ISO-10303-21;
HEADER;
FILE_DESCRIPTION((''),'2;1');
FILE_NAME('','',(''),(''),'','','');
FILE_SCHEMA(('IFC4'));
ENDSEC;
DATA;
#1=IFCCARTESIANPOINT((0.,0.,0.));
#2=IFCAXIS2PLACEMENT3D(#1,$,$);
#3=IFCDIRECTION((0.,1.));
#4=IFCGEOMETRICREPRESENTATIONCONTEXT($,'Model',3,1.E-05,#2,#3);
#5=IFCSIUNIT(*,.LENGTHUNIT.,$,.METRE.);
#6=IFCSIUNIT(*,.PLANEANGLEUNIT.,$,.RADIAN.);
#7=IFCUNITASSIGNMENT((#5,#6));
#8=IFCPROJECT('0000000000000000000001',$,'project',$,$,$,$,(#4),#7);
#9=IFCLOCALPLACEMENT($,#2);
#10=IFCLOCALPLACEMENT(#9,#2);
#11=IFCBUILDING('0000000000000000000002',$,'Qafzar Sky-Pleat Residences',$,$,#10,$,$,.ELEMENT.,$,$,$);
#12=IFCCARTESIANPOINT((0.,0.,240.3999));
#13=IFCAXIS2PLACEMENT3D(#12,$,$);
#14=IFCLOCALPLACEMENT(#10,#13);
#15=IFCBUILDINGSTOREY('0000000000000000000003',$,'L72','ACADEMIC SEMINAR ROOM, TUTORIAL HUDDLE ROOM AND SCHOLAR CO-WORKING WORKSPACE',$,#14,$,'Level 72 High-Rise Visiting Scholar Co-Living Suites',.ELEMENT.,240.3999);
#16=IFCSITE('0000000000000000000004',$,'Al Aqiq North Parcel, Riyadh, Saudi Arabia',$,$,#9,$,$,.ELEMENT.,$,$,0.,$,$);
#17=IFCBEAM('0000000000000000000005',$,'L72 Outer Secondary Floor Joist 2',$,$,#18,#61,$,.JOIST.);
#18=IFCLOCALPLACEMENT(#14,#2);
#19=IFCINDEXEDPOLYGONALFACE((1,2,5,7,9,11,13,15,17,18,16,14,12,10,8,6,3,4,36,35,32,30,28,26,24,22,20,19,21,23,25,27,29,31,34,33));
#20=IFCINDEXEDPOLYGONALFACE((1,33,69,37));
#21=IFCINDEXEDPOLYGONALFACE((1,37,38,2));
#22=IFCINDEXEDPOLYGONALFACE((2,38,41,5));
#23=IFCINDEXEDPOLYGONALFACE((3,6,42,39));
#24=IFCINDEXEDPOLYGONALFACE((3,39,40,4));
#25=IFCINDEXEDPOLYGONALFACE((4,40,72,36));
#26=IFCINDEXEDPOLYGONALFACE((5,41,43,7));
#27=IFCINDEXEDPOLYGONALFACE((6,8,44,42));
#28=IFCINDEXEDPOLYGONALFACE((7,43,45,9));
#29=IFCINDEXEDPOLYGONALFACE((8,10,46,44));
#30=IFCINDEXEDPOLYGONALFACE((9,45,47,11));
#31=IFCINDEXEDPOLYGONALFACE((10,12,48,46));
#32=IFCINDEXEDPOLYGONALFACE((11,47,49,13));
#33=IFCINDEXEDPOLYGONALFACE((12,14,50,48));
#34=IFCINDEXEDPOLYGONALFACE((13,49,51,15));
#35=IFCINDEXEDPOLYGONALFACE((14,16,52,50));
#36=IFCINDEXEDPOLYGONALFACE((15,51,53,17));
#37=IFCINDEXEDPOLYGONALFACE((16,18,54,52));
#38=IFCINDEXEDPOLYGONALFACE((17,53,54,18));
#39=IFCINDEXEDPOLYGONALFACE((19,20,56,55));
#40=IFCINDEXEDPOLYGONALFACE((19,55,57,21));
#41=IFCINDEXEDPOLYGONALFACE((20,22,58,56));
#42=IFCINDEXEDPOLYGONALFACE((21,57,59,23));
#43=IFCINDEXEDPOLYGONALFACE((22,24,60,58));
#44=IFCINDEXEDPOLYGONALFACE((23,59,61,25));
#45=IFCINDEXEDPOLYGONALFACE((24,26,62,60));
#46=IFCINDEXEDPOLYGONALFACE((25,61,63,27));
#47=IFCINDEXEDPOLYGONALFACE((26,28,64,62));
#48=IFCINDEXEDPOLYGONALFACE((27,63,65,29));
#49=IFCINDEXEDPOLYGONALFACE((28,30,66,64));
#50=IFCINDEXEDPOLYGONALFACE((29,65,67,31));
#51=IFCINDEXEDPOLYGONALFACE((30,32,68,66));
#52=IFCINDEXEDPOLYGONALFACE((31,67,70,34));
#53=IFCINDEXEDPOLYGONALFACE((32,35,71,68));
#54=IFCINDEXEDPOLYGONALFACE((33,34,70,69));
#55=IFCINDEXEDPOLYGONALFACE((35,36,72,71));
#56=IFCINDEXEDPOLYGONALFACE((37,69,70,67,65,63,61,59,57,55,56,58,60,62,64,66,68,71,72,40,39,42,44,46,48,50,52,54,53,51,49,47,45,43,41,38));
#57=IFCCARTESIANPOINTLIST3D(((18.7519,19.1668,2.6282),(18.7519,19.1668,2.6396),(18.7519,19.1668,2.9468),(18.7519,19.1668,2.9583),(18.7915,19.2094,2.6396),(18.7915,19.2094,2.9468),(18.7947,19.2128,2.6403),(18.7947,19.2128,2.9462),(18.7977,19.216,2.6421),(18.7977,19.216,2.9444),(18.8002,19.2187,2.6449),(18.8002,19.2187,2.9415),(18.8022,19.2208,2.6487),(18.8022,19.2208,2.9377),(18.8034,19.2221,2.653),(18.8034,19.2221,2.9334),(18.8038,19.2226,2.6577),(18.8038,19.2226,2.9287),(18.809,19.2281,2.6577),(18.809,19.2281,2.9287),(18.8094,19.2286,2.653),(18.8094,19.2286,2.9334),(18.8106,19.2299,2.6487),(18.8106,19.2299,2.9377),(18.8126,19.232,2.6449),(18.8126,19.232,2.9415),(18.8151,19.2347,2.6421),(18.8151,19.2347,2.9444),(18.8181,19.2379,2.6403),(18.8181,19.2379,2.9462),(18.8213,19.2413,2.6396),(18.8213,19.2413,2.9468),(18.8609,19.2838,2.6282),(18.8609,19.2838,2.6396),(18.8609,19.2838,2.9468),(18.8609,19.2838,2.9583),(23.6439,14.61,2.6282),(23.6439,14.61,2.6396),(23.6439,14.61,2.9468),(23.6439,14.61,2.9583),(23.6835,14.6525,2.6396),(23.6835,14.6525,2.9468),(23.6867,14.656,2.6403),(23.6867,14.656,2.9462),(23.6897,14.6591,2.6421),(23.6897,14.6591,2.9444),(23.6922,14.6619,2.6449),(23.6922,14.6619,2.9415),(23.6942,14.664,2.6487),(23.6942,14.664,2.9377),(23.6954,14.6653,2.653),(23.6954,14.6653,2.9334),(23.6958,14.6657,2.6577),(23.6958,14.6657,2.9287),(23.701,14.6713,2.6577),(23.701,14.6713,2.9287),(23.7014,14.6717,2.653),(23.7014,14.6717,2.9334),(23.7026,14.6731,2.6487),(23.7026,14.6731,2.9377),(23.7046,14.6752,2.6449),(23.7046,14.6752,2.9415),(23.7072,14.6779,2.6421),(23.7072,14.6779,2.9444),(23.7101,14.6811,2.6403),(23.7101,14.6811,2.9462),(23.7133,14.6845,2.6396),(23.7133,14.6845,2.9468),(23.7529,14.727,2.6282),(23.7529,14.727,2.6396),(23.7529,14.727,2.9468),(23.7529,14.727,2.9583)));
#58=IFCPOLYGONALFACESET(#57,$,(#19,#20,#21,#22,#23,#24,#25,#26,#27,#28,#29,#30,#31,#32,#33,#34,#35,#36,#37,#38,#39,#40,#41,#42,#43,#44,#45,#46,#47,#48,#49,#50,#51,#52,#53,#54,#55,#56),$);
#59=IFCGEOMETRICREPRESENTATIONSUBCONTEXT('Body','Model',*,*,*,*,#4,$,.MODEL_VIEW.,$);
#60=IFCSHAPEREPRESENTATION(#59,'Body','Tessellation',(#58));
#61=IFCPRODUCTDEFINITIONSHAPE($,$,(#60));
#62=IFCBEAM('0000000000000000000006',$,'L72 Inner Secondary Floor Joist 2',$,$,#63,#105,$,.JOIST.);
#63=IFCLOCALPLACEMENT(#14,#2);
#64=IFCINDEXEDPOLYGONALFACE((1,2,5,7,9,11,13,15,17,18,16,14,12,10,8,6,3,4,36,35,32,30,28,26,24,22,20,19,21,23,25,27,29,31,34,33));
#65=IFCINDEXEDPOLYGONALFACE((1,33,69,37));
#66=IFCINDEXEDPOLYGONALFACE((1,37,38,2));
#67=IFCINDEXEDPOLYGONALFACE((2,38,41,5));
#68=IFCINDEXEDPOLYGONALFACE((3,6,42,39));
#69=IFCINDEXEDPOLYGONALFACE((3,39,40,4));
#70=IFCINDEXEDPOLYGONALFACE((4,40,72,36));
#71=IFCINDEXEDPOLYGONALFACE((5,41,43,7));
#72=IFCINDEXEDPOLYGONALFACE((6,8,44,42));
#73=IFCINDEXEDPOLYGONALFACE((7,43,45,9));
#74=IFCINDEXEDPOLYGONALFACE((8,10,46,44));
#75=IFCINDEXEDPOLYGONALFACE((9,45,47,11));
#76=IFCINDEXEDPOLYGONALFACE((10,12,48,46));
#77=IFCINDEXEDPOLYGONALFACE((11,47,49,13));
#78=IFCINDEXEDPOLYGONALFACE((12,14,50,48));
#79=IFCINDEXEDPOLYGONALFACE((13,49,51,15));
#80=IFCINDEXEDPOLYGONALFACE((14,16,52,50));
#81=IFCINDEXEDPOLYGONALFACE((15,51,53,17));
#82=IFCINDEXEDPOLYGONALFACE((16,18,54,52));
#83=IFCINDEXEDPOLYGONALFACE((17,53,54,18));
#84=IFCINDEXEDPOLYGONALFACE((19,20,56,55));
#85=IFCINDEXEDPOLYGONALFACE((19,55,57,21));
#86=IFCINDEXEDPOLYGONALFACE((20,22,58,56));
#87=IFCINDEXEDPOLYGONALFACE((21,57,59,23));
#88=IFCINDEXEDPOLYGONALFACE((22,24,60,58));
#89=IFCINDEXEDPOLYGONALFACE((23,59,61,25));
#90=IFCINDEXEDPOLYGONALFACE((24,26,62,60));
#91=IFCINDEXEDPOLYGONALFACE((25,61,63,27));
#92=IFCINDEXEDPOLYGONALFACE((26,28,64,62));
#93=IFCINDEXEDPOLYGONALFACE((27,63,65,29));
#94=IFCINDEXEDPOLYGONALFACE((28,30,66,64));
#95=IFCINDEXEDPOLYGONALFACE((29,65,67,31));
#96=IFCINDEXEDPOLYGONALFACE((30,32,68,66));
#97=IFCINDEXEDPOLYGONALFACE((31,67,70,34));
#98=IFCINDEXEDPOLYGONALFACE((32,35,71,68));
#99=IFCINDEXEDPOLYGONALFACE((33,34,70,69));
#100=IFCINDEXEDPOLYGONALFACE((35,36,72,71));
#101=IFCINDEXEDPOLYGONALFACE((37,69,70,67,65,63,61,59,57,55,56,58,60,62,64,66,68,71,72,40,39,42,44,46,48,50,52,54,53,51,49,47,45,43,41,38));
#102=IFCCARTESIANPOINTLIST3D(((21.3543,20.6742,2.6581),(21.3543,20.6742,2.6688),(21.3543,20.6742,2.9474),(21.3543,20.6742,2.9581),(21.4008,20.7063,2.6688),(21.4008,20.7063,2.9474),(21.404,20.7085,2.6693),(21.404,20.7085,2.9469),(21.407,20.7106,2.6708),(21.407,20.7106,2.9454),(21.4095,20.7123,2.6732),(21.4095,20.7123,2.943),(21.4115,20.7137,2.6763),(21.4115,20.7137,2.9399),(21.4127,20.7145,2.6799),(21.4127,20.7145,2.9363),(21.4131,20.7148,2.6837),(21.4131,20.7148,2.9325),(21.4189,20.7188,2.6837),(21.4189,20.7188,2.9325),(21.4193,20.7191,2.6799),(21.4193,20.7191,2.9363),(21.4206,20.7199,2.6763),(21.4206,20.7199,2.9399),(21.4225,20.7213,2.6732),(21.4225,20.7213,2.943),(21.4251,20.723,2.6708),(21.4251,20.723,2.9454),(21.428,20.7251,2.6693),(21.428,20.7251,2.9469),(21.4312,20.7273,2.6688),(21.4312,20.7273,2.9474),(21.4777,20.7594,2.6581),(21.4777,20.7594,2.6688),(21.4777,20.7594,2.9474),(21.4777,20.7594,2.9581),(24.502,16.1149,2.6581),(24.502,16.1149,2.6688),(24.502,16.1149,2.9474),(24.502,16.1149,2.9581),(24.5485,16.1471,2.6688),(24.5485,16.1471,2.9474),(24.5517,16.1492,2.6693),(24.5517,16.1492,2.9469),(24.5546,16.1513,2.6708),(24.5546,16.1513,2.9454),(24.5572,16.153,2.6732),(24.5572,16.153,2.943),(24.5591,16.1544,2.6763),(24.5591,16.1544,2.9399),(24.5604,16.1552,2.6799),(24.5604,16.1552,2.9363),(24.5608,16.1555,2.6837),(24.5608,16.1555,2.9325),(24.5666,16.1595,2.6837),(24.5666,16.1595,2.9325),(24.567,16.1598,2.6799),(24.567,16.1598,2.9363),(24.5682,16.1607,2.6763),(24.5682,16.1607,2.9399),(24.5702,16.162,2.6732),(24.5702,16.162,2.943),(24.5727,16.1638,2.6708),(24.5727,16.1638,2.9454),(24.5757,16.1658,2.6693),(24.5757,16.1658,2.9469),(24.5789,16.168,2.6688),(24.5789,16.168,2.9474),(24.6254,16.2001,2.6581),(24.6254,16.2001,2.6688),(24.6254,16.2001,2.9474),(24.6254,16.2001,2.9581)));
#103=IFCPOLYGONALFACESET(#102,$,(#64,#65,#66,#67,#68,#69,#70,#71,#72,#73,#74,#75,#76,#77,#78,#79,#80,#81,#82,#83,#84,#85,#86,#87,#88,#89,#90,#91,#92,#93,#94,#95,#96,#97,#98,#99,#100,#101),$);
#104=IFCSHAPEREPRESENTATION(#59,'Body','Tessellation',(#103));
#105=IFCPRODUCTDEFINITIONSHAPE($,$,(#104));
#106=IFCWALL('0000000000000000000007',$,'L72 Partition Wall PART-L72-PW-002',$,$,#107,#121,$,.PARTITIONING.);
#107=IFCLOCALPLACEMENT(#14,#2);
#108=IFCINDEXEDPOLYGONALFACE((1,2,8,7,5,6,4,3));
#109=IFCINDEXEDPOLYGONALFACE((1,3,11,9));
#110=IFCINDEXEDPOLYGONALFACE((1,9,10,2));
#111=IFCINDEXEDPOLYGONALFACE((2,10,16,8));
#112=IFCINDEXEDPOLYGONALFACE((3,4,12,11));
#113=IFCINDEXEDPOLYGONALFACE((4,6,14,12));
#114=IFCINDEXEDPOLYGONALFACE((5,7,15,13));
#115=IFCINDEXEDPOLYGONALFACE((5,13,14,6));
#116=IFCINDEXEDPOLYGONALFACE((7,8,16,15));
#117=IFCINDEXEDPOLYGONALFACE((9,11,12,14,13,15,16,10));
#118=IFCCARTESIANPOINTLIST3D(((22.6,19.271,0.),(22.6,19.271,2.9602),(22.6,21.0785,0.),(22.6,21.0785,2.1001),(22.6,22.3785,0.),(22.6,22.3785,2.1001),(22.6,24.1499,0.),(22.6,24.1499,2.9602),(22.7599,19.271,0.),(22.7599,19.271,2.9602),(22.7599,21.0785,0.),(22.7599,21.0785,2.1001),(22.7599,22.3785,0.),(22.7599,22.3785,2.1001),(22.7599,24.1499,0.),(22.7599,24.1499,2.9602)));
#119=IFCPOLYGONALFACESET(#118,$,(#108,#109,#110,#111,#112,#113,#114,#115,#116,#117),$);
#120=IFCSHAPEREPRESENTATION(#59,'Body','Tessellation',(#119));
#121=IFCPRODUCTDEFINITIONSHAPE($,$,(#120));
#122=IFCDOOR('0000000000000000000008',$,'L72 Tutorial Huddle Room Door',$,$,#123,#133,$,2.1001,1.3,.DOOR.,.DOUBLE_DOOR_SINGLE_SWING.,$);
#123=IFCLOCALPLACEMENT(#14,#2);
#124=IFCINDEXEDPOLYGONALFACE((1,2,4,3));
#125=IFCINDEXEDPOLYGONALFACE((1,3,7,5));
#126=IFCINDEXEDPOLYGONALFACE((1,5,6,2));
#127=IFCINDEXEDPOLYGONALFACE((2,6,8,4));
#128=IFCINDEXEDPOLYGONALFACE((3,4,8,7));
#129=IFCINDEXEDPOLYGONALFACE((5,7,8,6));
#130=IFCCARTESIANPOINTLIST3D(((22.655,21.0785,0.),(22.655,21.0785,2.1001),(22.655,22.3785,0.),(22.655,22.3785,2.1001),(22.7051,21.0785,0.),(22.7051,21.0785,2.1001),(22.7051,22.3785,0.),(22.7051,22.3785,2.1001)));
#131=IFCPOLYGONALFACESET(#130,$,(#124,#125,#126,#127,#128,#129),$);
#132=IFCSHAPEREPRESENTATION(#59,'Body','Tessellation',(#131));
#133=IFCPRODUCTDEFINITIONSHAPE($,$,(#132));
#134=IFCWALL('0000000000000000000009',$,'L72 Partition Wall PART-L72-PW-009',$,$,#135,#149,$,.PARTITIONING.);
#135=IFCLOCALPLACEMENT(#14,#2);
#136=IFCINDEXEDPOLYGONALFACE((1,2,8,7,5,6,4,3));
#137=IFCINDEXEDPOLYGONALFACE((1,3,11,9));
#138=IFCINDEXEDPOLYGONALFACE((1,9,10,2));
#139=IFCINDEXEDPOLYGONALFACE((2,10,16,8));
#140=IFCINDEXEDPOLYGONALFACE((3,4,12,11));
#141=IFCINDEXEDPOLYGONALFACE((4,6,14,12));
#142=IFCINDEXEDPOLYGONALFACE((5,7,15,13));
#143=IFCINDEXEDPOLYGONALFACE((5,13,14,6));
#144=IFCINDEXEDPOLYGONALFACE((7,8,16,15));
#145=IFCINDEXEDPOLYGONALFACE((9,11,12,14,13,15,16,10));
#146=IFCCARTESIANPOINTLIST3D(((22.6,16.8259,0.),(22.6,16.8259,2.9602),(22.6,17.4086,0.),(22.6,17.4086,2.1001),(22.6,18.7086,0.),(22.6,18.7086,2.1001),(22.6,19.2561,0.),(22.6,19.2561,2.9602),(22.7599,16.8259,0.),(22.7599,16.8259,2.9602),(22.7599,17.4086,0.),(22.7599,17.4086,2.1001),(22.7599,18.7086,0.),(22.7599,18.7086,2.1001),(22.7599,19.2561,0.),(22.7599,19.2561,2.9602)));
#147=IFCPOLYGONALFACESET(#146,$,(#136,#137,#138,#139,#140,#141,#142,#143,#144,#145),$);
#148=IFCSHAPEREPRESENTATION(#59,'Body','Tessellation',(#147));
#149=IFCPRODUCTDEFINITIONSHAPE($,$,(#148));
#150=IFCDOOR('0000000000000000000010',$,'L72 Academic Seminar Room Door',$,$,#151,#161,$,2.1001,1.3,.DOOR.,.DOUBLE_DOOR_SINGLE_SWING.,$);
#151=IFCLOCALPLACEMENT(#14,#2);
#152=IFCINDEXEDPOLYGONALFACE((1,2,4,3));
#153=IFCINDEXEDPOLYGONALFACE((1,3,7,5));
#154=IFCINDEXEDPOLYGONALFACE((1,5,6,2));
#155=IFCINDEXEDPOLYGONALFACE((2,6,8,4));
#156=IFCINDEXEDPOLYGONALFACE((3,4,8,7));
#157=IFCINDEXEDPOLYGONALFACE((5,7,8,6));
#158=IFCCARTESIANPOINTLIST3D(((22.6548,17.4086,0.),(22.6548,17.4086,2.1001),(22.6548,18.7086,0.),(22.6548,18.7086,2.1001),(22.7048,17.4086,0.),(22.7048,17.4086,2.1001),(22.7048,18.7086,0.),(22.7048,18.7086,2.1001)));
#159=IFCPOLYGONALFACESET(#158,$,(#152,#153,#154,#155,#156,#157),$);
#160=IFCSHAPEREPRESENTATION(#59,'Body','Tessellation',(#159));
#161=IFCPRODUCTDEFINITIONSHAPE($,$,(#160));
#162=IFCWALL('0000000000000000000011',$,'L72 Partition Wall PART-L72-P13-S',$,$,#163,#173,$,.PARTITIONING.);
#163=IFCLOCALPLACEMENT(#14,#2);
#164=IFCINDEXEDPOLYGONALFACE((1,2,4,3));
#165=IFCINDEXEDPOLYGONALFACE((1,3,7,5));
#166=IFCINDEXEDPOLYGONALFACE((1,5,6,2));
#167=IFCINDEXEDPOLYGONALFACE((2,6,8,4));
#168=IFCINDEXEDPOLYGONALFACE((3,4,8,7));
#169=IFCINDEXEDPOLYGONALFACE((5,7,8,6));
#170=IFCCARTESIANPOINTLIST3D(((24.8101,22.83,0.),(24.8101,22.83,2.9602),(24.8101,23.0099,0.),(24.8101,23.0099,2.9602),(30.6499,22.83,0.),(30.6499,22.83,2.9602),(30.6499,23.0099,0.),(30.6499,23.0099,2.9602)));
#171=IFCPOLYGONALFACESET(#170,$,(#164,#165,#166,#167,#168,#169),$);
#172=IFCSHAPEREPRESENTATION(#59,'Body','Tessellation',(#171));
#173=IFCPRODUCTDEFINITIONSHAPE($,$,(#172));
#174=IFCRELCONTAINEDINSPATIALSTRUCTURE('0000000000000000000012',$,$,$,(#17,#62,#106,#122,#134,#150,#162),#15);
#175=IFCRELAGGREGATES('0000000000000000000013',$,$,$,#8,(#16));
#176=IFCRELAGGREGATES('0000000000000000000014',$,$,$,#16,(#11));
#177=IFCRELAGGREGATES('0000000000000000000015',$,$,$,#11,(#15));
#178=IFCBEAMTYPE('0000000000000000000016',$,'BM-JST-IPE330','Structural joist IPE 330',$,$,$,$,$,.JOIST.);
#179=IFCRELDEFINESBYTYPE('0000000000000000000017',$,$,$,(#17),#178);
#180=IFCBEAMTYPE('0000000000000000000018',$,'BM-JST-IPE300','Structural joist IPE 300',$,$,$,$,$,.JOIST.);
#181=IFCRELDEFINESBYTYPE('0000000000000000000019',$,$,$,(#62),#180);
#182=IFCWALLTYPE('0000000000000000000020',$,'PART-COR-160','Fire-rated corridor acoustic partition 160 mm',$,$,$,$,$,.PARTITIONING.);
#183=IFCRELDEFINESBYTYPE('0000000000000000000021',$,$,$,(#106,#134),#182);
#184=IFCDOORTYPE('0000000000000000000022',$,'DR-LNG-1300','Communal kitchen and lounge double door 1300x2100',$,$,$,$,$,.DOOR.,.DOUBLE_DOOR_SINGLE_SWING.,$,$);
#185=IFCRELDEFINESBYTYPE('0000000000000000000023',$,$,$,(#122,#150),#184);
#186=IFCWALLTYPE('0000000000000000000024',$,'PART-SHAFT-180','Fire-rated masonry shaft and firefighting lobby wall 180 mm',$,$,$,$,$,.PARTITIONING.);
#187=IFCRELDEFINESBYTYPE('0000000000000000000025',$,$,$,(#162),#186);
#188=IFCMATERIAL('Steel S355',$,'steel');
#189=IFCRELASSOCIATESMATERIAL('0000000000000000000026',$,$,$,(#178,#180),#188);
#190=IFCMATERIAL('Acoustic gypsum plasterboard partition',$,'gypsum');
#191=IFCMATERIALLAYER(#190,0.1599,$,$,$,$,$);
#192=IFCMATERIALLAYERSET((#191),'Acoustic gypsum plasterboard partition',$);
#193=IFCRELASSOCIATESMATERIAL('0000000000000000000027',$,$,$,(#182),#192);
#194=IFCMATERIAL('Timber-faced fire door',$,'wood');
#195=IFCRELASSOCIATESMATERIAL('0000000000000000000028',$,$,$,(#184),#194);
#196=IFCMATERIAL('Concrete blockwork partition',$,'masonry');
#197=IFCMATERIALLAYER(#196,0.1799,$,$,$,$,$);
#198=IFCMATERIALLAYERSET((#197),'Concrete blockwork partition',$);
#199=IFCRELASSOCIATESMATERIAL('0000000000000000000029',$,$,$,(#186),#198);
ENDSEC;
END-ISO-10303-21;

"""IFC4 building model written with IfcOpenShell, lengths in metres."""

from ifc_helpers import new_model, si_unit, direction, frame, frame_2d, origin, origin_2d, place, context, subcontext, project, spatial, rectangle, i_section, extrude, source, transform, mapped, material, layer, layer_set, material_profile, profile_set, type_object, element, fill, save


model = new_model("IFC4")

# Units and contexts
model_context = context("Model", 3, precision=1e-05, world=origin(), true_north=direction((0.0, 1.0)))
body_context = subcontext(model_context, "Body", "Model", "MODEL_VIEW")
ifc_project = project(units=[si_unit("LENGTHUNIT", "METRE"), si_unit("PLANEANGLEUNIT", "RADIAN")], contexts=[model_context])

# Site, building, storey
site_placement = place(None, origin())
site = spatial("IfcSite", under=ifc_project, at=site_placement, Name="Al Aqiq North Parcel, Riyadh, Saudi Arabia", CompositionType="ELEMENT", RefElevation=0.0)
building_placement = place(site_placement, origin())
building = spatial("IfcBuilding", under=site, at=building_placement, Name="Qafzar Sky-Pleat Residences", CompositionType="ELEMENT")
storey_placement = place(building_placement, frame((0.0, 0.0, 240.3999)))
storey = spatial("IfcBuildingStorey", under=building, at=storey_placement, Name="L72", Description="ACADEMIC SEMINAR ROOM, TUTORIAL HUDDLE ROOM AND SCHOLAR CO-WORKING WORKSPACE", LongName="Level 72 High-Rise Visiting Scholar Co-Living Suites", CompositionType="ELEMENT", Elevation=240.3999)

# Beams
ifc_material_1 = material(Name="Steel S355", Category="steel")
ifc_material_profile_1 = material_profile(ifc_material_1, i_section(OverallWidth=0.1599, OverallDepth=0.3301, WebThickness=0.0076, FlangeThickness=0.0115, FilletRadius=0.0181, at=origin_2d()), Name="IPE 330")
ifc_profile_set_1 = profile_set([ifc_material_profile_1], Name="Steel S355")
beam_type_1 = type_object("IfcBeamType", Name="BM-JST-IPE330", Description="Structural joist IPE 330", PredefinedType="JOIST", material=ifc_profile_set_1)
shared_shape_1 = source(origin(), body_context, "Body", "SweptSolid", [
    extrude(i_section(OverallWidth=0.1599, OverallDepth=0.3301, WebThickness=0.0076, FlangeThickness=0.0115, FilletRadius=0.0181, at=origin_2d()), origin(), (0.0, 0.0, 1.0), 6.6855),
])
beam_1_placement = place(storey_placement, frame((18.8064, 19.2253, 2.7932), z_axis=(0.731731, -0.681593, 0.0), x_axis=(0.681593, 0.731731, 0.0)))
element("IfcBeam", 1, at=beam_1_placement, inside=storey, type_object=beam_type_1, Name="L72 Outer Secondary Floor Joist 2", PredefinedType="JOIST", context=body_context, shape_type="MappedRepresentation", body=[
    mapped(shared_shape_1, transform((0.0, 0.0, 0.0), x_axis=(1.0, 0.0, 0.0), y_axis=(0.0, 1.0, 0.0), z_axis=(0.0, 0.0, 1.0), scale=1.0)),
])
ifc_material_profile_2 = material_profile(ifc_material_1, i_section(OverallWidth=0.1499, OverallDepth=0.3, WebThickness=0.0071, FlangeThickness=0.0107, FilletRadius=0.0149, at=origin_2d()), Name="IPE 300")
ifc_profile_set_2 = profile_set([ifc_material_profile_2], Name="Steel S355")
beam_type_2 = type_object("IfcBeamType", Name="BM-JST-IPE300", Description="Structural joist IPE 300", PredefinedType="JOIST", material=ifc_profile_set_2)
shared_shape_2 = source(origin(), body_context, "Body", "SweptSolid", [
    extrude(i_section(OverallWidth=0.1499, OverallDepth=0.3, WebThickness=0.0071, FlangeThickness=0.0107, FilletRadius=0.0149, at=origin_2d()), origin(), (0.0, 0.0, 1.0), 5.5403),
])
beam_2_placement = place(storey_placement, frame((21.416, 20.7168, 2.8081), z_axis=(0.568142, -0.822931, 0.0), x_axis=(0.822931, 0.568142, 0.0)))
element("IfcBeam", 2, at=beam_2_placement, inside=storey, type_object=beam_type_2, Name="L72 Inner Secondary Floor Joist 2", PredefinedType="JOIST", context=body_context, shape_type="MappedRepresentation", body=[
    mapped(shared_shape_2, transform((0.0, 0.0, 0.0), x_axis=(1.0, 0.0, 0.0), y_axis=(0.0, 1.0, 0.0), z_axis=(0.0, 0.0, 1.0), scale=1.0)),
])

# Walls, openings, doors
ifc_material_2 = material(Name="Acoustic gypsum plasterboard partition", Category="gypsum")
ifc_layer_1 = layer(ifc_material_2, 0.1599)
ifc_layer_set_1 = layer_set([ifc_layer_1], Name="Acoustic gypsum plasterboard partition")
wall_type_1 = type_object("IfcWallType", Name="PART-COR-160", Description="Fire-rated corridor acoustic partition 160 mm", PredefinedType="PARTITIONING", material=ifc_layer_set_1)
wall_1_placement = place(storey_placement, frame((22.6799, 19.271, 0.0), z_axis=(0.0, 0.0, 1.0), x_axis=(0.0, 1.0, 0.0)))
wall_1 = element("IfcWall", 3, at=wall_1_placement, inside=storey, type_object=wall_type_1, Name="L72 Partition Wall PART-L72-PW-002", PredefinedType="PARTITIONING", context=body_context, shape_type="SweptSolid", body=[
    extrude(rectangle(XDim=4.8789, YDim=0.1599, at=frame_2d((2.4395, 0.0))), origin(), (0.0, 0.0, 1.0), 2.9602),
])
opening_1_placement = place(wall_1_placement, frame((1.8076, 0.0, 0.0)))
opening_1 = element("IfcOpeningElement", 4, at=opening_1_placement, cuts=wall_1, PredefinedType="OPENING", context=body_context, shape_type="SweptSolid", body=[
    extrude(rectangle(XDim=1.3, YDim=2.1001, at=frame_2d((0.6499, 1.05))), frame((0.0, 0.0898, 0.0), z_axis=(0.0, -1.0, 0.0), x_axis=(1.0, 0.0, 0.0)), (0.0, 0.0, 1.0), 0.1799),
])
ifc_material_3 = material(Name="Timber-faced fire door", Category="wood")
door_type_1 = type_object("IfcDoorType", Name="DR-LNG-1300", Description="Communal kitchen and lounge double door 1300x2100", OperationType="DOUBLE_DOOR_SINGLE_SWING", PredefinedType="DOOR", material=ifc_material_3)
shared_shape_3 = source(origin(), body_context, "Body", "SweptSolid", [
    extrude(rectangle(XDim=1.3, YDim=2.1001, at=frame_2d((0.6499, 1.05))), frame((0.0, 0.0249, 0.0), z_axis=(0.0, -1.0, 0.0), x_axis=(1.0, 0.0, 0.0)), (0.0, 0.0, 1.0), 0.05),
])
door_1_placement = place(opening_1_placement, origin())
door_1 = element("IfcDoor", 5, at=door_1_placement, inside=storey, type_object=door_type_1, Name="L72 Tutorial Huddle Room Door", OperationType="DOUBLE_DOOR_SINGLE_SWING", OverallHeight=2.1001, OverallWidth=1.3, PredefinedType="DOOR", context=body_context, shape_type="MappedRepresentation", body=[
    mapped(shared_shape_3, transform((0.0, 0.0, 0.0), x_axis=(1.0, 0.0, 0.0), y_axis=(0.0, 1.0, 0.0), z_axis=(0.0, 0.0, 1.0), scale=1.0)),
])
fill(opening_1, door_1)
wall_2_placement = place(storey_placement, frame((22.6799, 19.2561, 0.0), z_axis=(0.0, 0.0, 1.0), x_axis=(0.0, -1.0, 0.0)))
wall_2 = element("IfcWall", 6, at=wall_2_placement, inside=storey, type_object=wall_type_1, Name="L72 Partition Wall PART-L72-PW-009", PredefinedType="PARTITIONING", context=body_context, shape_type="SweptSolid", body=[
    extrude(rectangle(XDim=2.4302, YDim=0.1599, at=frame_2d((1.2151, 0.0))), origin(), (0.0, 0.0, 1.0), 2.9602),
])
opening_2_placement = place(wall_2_placement, frame((0.5476, 0.0, 0.0)))
opening_2 = element("IfcOpeningElement", 7, at=opening_2_placement, cuts=wall_2, PredefinedType="OPENING", context=body_context, shape_type="SweptSolid", body=[
    extrude(rectangle(XDim=1.3, YDim=2.1001, at=frame_2d((0.6499, 1.05))), frame((0.0, 0.0898, 0.0), z_axis=(0.0, -1.0, 0.0), x_axis=(1.0, 0.0, 0.0)), (0.0, 0.0, 1.0), 0.1799),
])
door_2_placement = place(opening_2_placement, origin())
door_2 = element("IfcDoor", 8, at=door_2_placement, inside=storey, type_object=door_type_1, Name="L72 Academic Seminar Room Door", OperationType="DOUBLE_DOOR_SINGLE_SWING", OverallHeight=2.1001, OverallWidth=1.3, PredefinedType="DOOR", context=body_context, shape_type="MappedRepresentation", body=[
    mapped(shared_shape_3, transform((0.0, 0.0, 0.0), x_axis=(1.0, 0.0, 0.0), y_axis=(0.0, 1.0, 0.0), z_axis=(0.0, 0.0, 1.0), scale=1.0)),
])
fill(opening_2, door_2)

# Wall
ifc_material_4 = material(Name="Concrete blockwork partition", Category="masonry")
ifc_layer_2 = layer(ifc_material_4, 0.1799)
ifc_layer_set_2 = layer_set([ifc_layer_2], Name="Concrete blockwork partition")
wall_type_2 = type_object("IfcWallType", Name="PART-SHAFT-180", Description="Fire-rated masonry shaft and firefighting lobby wall 180 mm", PredefinedType="PARTITIONING", material=ifc_layer_set_2)
wall_3_placement = place(storey_placement, frame((24.8101, 22.9199, 0.0), z_axis=(0.0, 0.0, 1.0), x_axis=(1.0, 0.0, 0.0)))
element("IfcWall", 9, at=wall_3_placement, inside=storey, type_object=wall_type_2, Name="L72 Partition Wall PART-L72-P13-S", PredefinedType="PARTITIONING", context=body_context, shape_type="SweptSolid", body=[
    extrude(rectangle(XDim=5.8398, YDim=0.1799, at=frame_2d((2.9199, 0.0))), origin(), (0.0, 0.0, 1.0), 2.9602),
])

save(model, "model.ifc")
